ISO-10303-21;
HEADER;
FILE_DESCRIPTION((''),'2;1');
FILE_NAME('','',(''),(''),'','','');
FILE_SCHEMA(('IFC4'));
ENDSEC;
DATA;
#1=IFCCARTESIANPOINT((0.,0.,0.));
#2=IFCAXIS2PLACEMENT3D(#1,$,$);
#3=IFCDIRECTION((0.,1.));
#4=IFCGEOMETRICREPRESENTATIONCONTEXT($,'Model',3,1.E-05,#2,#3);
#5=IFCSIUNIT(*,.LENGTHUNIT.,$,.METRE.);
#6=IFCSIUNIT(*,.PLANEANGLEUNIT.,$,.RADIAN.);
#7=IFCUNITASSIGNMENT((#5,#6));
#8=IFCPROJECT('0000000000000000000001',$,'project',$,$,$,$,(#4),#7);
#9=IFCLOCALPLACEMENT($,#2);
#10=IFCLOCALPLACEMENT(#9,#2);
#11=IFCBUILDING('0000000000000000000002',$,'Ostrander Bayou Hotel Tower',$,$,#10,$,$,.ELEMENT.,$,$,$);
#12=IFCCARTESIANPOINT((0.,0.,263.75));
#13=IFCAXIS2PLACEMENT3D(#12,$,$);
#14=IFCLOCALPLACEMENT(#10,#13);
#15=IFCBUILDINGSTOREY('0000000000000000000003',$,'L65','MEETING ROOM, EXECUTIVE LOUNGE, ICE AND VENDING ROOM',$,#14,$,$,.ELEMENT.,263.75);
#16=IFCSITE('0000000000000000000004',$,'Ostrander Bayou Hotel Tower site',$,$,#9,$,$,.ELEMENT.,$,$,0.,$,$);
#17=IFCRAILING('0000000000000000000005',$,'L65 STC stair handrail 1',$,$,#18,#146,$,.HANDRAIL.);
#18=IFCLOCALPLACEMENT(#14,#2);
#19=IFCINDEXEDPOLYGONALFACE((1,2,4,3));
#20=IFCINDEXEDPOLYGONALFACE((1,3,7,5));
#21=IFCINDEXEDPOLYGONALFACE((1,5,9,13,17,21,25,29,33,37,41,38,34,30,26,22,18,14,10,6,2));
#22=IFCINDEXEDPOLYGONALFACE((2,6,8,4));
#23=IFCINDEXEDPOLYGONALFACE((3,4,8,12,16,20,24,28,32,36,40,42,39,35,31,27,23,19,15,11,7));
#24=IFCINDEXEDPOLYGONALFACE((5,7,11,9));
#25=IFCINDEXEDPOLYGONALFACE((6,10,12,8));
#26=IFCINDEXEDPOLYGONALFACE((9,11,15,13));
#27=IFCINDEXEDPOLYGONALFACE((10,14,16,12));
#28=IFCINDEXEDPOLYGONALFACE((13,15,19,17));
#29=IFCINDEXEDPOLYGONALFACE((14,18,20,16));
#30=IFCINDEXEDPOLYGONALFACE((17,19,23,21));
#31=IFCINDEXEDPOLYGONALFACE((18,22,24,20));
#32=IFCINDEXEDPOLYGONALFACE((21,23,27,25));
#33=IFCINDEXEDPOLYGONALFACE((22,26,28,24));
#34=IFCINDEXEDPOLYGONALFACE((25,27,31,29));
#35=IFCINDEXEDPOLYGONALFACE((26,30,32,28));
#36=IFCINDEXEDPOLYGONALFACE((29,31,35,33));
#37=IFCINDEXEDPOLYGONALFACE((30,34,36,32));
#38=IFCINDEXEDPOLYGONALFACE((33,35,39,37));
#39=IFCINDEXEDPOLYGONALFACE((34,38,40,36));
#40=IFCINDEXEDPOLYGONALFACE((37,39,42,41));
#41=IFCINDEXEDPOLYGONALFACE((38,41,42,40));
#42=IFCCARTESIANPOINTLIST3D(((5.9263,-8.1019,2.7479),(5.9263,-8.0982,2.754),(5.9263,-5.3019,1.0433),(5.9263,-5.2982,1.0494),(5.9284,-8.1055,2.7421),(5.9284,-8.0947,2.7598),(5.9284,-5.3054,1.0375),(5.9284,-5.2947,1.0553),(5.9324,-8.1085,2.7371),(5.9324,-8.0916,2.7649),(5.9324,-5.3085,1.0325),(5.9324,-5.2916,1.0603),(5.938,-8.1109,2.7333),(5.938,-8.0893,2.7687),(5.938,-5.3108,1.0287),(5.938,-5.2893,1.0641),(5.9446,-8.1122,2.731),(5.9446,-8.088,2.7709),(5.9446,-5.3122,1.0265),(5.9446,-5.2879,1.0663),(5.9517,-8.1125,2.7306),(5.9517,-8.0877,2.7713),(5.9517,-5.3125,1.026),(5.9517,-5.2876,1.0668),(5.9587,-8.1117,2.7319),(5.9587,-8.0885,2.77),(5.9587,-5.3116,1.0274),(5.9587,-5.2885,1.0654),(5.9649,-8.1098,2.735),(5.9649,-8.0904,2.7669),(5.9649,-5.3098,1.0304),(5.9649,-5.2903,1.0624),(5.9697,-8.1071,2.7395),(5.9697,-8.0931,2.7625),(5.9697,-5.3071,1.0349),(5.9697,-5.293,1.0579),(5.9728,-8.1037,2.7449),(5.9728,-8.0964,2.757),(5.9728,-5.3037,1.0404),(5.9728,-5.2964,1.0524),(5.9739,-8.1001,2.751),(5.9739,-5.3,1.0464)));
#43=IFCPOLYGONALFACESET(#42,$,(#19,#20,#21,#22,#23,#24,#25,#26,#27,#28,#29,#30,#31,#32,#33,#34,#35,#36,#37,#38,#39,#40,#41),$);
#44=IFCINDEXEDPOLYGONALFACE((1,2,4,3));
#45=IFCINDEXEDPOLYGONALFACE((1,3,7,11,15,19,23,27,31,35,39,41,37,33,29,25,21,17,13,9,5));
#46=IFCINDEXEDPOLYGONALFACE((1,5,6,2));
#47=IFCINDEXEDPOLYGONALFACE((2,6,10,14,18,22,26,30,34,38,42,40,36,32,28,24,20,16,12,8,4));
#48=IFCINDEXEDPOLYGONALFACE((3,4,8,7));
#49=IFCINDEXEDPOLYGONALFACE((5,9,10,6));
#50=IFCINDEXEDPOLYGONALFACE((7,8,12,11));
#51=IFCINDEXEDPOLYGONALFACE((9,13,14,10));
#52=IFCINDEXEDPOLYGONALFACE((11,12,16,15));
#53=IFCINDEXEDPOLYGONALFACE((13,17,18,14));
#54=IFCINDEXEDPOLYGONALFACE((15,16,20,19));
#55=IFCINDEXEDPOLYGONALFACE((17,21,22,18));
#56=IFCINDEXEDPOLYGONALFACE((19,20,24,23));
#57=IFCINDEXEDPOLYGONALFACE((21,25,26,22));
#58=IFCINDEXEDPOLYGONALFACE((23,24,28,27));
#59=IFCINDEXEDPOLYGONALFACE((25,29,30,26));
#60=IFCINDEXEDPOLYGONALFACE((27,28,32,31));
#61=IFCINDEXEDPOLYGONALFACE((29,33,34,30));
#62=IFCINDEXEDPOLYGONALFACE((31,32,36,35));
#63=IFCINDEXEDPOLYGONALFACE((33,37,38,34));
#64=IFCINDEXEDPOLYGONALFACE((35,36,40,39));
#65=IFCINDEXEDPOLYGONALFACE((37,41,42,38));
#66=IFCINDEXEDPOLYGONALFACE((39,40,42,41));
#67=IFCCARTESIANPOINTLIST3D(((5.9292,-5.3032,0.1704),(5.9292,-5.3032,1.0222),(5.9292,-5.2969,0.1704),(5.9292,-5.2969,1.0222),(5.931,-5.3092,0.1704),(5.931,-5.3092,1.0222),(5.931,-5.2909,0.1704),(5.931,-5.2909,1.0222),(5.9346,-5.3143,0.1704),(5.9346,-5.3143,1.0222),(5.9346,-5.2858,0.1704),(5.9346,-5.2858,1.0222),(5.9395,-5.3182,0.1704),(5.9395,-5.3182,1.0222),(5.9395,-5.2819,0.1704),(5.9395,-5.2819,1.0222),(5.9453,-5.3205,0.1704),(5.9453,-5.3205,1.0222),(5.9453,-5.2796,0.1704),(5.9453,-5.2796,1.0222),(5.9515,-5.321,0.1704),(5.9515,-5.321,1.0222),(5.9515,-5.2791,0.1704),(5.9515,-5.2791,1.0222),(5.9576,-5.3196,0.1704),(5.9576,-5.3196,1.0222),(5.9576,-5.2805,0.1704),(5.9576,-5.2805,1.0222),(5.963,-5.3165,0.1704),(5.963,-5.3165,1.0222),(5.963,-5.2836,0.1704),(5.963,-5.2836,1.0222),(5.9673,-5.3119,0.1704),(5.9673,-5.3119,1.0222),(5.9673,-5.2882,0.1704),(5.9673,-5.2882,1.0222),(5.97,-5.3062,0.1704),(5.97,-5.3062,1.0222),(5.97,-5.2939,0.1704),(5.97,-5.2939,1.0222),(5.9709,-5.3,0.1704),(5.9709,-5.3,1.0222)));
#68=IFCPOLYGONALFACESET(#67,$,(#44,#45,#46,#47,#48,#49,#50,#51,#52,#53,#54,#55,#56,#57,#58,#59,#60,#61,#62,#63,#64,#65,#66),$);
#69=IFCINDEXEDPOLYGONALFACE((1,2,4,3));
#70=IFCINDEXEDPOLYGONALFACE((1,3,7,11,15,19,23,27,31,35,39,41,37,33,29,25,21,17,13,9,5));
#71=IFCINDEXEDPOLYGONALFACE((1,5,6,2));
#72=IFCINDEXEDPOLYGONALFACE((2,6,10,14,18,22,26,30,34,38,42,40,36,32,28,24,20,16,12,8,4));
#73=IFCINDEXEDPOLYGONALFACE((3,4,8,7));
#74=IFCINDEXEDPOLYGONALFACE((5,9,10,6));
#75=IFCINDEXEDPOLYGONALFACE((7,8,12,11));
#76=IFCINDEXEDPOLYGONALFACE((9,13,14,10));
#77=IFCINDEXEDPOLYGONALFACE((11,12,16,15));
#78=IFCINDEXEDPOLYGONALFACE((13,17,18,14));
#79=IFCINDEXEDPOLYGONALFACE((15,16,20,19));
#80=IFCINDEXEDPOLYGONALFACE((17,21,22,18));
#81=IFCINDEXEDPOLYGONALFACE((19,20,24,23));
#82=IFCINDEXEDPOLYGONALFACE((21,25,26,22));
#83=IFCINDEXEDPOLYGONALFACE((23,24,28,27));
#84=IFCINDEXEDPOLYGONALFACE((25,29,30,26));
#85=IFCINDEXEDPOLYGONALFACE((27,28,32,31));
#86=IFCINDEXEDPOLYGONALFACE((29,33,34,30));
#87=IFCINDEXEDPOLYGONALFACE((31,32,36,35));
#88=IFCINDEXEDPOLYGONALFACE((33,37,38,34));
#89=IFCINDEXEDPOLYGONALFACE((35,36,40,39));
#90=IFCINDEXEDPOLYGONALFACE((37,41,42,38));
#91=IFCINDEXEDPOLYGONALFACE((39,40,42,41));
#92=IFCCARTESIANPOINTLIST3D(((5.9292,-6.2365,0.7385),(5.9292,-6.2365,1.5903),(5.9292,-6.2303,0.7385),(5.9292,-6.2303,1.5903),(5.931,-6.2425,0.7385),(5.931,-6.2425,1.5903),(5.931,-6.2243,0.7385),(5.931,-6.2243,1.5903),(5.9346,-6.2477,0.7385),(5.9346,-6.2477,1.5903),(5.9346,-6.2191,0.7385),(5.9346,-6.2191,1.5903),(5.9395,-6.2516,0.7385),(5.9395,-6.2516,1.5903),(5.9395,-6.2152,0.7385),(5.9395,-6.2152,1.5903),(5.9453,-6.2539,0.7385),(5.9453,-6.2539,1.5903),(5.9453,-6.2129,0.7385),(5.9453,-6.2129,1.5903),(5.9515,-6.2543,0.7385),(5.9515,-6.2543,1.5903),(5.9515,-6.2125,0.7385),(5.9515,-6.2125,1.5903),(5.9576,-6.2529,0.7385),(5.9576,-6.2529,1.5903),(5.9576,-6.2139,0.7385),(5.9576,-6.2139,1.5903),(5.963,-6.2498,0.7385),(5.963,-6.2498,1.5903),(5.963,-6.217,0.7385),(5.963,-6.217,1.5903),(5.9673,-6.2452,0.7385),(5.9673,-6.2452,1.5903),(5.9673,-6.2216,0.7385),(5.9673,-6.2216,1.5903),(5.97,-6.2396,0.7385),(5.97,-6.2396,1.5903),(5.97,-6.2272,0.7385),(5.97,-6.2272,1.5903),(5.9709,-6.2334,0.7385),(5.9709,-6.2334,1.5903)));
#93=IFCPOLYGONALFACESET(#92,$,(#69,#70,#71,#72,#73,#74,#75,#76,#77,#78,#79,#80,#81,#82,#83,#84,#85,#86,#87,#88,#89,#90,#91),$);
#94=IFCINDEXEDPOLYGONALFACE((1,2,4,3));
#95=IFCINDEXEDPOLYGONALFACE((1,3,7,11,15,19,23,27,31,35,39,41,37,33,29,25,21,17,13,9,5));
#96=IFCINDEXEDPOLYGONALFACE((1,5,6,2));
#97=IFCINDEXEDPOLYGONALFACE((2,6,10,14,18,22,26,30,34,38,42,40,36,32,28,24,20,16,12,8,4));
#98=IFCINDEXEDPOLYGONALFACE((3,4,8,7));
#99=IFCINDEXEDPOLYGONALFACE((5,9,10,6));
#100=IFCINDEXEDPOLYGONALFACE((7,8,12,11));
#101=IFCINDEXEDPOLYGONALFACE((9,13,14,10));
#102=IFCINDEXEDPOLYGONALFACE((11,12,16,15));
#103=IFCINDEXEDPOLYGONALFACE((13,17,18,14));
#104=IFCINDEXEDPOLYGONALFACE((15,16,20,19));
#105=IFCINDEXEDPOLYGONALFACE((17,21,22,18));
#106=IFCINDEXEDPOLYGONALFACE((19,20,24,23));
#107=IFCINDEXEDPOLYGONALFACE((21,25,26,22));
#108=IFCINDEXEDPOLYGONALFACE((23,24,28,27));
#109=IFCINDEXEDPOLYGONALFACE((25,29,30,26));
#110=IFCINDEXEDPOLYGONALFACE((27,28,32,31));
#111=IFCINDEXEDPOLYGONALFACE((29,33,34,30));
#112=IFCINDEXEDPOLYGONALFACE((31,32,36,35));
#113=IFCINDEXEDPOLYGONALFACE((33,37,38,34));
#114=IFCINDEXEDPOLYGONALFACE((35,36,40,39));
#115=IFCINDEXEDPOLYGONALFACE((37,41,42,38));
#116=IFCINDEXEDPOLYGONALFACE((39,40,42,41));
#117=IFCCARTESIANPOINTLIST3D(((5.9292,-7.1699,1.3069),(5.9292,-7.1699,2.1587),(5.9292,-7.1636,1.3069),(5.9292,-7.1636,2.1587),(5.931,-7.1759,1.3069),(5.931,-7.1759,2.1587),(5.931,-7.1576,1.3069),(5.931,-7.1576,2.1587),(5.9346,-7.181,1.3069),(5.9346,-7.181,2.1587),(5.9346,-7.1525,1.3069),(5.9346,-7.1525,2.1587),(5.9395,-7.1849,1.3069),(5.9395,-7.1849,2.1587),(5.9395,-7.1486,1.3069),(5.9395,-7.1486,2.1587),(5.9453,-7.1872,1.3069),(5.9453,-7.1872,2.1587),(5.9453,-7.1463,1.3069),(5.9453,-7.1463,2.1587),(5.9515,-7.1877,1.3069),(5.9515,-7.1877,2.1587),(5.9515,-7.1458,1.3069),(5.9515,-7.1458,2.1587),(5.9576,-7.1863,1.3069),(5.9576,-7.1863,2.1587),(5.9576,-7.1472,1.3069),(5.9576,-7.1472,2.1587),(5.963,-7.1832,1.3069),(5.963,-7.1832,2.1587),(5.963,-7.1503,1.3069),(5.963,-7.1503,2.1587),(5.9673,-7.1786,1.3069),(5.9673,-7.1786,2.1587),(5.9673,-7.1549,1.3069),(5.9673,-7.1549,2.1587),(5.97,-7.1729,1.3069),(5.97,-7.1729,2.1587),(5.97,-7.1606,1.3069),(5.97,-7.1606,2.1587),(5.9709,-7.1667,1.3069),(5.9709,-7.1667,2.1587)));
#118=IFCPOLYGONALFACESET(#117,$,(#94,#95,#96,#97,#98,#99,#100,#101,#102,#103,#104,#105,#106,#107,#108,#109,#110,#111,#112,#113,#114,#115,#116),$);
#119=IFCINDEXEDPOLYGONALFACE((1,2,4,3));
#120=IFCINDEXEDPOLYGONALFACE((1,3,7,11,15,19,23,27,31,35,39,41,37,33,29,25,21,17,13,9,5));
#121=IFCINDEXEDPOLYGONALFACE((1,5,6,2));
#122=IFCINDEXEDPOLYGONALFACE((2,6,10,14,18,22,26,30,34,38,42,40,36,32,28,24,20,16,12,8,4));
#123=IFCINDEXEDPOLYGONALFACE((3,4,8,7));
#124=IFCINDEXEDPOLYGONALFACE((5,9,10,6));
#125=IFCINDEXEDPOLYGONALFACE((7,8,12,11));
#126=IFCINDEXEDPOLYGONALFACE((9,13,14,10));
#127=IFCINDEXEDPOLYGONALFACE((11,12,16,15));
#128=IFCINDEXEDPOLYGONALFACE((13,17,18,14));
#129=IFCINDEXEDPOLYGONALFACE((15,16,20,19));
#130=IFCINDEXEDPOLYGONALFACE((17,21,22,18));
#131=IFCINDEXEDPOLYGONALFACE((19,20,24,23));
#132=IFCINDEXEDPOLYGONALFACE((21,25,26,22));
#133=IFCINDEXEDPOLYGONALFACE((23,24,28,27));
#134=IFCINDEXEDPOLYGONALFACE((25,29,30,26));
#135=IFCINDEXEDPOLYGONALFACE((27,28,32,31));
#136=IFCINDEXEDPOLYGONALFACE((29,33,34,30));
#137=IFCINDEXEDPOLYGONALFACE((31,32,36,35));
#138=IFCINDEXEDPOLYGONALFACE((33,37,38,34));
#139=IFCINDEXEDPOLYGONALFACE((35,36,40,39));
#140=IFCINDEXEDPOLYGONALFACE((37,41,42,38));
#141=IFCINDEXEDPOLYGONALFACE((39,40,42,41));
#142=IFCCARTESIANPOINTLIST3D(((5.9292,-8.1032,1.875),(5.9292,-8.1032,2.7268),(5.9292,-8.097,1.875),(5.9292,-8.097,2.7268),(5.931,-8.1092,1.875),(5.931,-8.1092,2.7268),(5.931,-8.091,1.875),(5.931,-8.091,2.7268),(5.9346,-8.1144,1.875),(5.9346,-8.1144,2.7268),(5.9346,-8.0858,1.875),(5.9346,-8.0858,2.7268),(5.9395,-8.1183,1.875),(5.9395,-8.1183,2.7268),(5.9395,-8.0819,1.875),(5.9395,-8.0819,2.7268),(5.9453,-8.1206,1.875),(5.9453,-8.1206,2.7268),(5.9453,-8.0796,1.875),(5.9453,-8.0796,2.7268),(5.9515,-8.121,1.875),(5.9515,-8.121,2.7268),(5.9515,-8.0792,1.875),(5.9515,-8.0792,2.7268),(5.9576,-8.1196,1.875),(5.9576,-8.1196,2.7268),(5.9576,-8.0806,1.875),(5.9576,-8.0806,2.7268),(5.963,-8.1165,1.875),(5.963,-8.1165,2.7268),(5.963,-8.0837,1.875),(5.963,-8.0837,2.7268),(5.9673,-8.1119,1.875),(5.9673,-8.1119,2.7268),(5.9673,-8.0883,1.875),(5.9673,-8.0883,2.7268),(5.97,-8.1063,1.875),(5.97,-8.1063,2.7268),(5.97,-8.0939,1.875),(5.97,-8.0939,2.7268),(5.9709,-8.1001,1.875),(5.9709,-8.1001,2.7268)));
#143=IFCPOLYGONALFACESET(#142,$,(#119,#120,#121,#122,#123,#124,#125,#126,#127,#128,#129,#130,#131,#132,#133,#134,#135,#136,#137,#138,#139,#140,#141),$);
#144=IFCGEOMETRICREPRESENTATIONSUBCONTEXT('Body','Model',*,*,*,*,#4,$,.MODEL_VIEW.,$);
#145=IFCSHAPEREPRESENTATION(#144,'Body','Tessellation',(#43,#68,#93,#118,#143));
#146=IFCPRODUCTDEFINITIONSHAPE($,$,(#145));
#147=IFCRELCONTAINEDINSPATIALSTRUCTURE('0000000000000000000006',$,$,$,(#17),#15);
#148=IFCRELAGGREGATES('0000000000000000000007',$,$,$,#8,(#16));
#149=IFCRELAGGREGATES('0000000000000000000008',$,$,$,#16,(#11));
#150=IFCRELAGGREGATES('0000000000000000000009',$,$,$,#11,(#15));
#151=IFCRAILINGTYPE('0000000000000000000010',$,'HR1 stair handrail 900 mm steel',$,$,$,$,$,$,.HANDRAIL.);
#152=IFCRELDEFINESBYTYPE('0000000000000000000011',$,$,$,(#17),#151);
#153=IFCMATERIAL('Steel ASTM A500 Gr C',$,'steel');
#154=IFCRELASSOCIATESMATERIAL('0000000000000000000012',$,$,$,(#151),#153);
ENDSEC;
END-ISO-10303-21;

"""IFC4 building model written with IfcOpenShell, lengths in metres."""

from ifc_helpers import new_model, si_unit, direction, frame, origin, origin_2d, place, context, subcontext, project, spatial, circle, extrude, material, type_object, element, save


model = new_model("IFC4")

# Units and contexts
model_context = context("Model", 3, precision=1e-05, world=origin(), true_north=direction((0.0, 1.0)))
body_context = subcontext(model_context, "Body", "Model", "MODEL_VIEW")
ifc_project = project(units=[si_unit("LENGTHUNIT", "METRE"), si_unit("PLANEANGLEUNIT", "RADIAN")], contexts=[model_context])

# Site, building, storey
site_placement = place(None, origin())
site = spatial("IfcSite", under=ifc_project, at=site_placement, Name="Ostrander Bayou Hotel Tower site", CompositionType="ELEMENT", RefElevation=0.0)
building_placement = place(site_placement, origin())
building = spatial("IfcBuilding", under=site, at=building_placement, Name="Ostrander Bayou Hotel Tower", CompositionType="ELEMENT")
storey_placement = place(building_placement, frame((0.0, 0.0, 263.75)))
storey = spatial("IfcBuildingStorey", under=building, at=storey_placement, Name="L65", Description="MEETING ROOM, EXECUTIVE LOUNGE, ICE AND VENDING ROOM", CompositionType="ELEMENT", Elevation=263.75)

# Railing
ifc_material_1 = material(Name="Steel ASTM A500 Gr C", Category="steel")
railing_type_1 = type_object("IfcRailingType", Name="HR1 stair handrail 900 mm steel", PredefinedType="HANDRAIL", material=ifc_material_1)
railing_1_placement = place(storey_placement, frame((5.95, -5.3, 0.1704)))
element("IfcRailing", 1, at=railing_1_placement, inside=storey, type_object=railing_type_1, Name="L65 STC stair handrail 1", PredefinedType="HANDRAIL", context=body_context, shape_type="SweptSolid", body=[
    extrude(circle(Radius=0.0239, at=origin_2d()), frame((0.0, 0.0, 0.876), z_axis=(0.0, -0.85417, 0.519994), x_axis=(1.0, 0.0, 0.0)), (0.0, 0.0, 1.0), 3.2781),
    extrude(circle(Radius=0.021, at=origin_2d()), origin(), (0.0, 0.0, 1.0), 0.8518),
    extrude(circle(Radius=0.021, at=origin_2d()), frame((0.0, -0.9333, 0.5681)), (0.0, 0.0, 1.0), 0.8518),
    extrude(circle(Radius=0.021, at=origin_2d()), frame((0.0, -1.8667, 1.1365)), (0.0, 0.0, 1.0), 0.8518),
    extrude(circle(Radius=0.021, at=origin_2d()), frame((0.0, -2.8, 1.7046)), (0.0, 0.0, 1.0), 0.8518),
])

save(model, "model.ifc")
